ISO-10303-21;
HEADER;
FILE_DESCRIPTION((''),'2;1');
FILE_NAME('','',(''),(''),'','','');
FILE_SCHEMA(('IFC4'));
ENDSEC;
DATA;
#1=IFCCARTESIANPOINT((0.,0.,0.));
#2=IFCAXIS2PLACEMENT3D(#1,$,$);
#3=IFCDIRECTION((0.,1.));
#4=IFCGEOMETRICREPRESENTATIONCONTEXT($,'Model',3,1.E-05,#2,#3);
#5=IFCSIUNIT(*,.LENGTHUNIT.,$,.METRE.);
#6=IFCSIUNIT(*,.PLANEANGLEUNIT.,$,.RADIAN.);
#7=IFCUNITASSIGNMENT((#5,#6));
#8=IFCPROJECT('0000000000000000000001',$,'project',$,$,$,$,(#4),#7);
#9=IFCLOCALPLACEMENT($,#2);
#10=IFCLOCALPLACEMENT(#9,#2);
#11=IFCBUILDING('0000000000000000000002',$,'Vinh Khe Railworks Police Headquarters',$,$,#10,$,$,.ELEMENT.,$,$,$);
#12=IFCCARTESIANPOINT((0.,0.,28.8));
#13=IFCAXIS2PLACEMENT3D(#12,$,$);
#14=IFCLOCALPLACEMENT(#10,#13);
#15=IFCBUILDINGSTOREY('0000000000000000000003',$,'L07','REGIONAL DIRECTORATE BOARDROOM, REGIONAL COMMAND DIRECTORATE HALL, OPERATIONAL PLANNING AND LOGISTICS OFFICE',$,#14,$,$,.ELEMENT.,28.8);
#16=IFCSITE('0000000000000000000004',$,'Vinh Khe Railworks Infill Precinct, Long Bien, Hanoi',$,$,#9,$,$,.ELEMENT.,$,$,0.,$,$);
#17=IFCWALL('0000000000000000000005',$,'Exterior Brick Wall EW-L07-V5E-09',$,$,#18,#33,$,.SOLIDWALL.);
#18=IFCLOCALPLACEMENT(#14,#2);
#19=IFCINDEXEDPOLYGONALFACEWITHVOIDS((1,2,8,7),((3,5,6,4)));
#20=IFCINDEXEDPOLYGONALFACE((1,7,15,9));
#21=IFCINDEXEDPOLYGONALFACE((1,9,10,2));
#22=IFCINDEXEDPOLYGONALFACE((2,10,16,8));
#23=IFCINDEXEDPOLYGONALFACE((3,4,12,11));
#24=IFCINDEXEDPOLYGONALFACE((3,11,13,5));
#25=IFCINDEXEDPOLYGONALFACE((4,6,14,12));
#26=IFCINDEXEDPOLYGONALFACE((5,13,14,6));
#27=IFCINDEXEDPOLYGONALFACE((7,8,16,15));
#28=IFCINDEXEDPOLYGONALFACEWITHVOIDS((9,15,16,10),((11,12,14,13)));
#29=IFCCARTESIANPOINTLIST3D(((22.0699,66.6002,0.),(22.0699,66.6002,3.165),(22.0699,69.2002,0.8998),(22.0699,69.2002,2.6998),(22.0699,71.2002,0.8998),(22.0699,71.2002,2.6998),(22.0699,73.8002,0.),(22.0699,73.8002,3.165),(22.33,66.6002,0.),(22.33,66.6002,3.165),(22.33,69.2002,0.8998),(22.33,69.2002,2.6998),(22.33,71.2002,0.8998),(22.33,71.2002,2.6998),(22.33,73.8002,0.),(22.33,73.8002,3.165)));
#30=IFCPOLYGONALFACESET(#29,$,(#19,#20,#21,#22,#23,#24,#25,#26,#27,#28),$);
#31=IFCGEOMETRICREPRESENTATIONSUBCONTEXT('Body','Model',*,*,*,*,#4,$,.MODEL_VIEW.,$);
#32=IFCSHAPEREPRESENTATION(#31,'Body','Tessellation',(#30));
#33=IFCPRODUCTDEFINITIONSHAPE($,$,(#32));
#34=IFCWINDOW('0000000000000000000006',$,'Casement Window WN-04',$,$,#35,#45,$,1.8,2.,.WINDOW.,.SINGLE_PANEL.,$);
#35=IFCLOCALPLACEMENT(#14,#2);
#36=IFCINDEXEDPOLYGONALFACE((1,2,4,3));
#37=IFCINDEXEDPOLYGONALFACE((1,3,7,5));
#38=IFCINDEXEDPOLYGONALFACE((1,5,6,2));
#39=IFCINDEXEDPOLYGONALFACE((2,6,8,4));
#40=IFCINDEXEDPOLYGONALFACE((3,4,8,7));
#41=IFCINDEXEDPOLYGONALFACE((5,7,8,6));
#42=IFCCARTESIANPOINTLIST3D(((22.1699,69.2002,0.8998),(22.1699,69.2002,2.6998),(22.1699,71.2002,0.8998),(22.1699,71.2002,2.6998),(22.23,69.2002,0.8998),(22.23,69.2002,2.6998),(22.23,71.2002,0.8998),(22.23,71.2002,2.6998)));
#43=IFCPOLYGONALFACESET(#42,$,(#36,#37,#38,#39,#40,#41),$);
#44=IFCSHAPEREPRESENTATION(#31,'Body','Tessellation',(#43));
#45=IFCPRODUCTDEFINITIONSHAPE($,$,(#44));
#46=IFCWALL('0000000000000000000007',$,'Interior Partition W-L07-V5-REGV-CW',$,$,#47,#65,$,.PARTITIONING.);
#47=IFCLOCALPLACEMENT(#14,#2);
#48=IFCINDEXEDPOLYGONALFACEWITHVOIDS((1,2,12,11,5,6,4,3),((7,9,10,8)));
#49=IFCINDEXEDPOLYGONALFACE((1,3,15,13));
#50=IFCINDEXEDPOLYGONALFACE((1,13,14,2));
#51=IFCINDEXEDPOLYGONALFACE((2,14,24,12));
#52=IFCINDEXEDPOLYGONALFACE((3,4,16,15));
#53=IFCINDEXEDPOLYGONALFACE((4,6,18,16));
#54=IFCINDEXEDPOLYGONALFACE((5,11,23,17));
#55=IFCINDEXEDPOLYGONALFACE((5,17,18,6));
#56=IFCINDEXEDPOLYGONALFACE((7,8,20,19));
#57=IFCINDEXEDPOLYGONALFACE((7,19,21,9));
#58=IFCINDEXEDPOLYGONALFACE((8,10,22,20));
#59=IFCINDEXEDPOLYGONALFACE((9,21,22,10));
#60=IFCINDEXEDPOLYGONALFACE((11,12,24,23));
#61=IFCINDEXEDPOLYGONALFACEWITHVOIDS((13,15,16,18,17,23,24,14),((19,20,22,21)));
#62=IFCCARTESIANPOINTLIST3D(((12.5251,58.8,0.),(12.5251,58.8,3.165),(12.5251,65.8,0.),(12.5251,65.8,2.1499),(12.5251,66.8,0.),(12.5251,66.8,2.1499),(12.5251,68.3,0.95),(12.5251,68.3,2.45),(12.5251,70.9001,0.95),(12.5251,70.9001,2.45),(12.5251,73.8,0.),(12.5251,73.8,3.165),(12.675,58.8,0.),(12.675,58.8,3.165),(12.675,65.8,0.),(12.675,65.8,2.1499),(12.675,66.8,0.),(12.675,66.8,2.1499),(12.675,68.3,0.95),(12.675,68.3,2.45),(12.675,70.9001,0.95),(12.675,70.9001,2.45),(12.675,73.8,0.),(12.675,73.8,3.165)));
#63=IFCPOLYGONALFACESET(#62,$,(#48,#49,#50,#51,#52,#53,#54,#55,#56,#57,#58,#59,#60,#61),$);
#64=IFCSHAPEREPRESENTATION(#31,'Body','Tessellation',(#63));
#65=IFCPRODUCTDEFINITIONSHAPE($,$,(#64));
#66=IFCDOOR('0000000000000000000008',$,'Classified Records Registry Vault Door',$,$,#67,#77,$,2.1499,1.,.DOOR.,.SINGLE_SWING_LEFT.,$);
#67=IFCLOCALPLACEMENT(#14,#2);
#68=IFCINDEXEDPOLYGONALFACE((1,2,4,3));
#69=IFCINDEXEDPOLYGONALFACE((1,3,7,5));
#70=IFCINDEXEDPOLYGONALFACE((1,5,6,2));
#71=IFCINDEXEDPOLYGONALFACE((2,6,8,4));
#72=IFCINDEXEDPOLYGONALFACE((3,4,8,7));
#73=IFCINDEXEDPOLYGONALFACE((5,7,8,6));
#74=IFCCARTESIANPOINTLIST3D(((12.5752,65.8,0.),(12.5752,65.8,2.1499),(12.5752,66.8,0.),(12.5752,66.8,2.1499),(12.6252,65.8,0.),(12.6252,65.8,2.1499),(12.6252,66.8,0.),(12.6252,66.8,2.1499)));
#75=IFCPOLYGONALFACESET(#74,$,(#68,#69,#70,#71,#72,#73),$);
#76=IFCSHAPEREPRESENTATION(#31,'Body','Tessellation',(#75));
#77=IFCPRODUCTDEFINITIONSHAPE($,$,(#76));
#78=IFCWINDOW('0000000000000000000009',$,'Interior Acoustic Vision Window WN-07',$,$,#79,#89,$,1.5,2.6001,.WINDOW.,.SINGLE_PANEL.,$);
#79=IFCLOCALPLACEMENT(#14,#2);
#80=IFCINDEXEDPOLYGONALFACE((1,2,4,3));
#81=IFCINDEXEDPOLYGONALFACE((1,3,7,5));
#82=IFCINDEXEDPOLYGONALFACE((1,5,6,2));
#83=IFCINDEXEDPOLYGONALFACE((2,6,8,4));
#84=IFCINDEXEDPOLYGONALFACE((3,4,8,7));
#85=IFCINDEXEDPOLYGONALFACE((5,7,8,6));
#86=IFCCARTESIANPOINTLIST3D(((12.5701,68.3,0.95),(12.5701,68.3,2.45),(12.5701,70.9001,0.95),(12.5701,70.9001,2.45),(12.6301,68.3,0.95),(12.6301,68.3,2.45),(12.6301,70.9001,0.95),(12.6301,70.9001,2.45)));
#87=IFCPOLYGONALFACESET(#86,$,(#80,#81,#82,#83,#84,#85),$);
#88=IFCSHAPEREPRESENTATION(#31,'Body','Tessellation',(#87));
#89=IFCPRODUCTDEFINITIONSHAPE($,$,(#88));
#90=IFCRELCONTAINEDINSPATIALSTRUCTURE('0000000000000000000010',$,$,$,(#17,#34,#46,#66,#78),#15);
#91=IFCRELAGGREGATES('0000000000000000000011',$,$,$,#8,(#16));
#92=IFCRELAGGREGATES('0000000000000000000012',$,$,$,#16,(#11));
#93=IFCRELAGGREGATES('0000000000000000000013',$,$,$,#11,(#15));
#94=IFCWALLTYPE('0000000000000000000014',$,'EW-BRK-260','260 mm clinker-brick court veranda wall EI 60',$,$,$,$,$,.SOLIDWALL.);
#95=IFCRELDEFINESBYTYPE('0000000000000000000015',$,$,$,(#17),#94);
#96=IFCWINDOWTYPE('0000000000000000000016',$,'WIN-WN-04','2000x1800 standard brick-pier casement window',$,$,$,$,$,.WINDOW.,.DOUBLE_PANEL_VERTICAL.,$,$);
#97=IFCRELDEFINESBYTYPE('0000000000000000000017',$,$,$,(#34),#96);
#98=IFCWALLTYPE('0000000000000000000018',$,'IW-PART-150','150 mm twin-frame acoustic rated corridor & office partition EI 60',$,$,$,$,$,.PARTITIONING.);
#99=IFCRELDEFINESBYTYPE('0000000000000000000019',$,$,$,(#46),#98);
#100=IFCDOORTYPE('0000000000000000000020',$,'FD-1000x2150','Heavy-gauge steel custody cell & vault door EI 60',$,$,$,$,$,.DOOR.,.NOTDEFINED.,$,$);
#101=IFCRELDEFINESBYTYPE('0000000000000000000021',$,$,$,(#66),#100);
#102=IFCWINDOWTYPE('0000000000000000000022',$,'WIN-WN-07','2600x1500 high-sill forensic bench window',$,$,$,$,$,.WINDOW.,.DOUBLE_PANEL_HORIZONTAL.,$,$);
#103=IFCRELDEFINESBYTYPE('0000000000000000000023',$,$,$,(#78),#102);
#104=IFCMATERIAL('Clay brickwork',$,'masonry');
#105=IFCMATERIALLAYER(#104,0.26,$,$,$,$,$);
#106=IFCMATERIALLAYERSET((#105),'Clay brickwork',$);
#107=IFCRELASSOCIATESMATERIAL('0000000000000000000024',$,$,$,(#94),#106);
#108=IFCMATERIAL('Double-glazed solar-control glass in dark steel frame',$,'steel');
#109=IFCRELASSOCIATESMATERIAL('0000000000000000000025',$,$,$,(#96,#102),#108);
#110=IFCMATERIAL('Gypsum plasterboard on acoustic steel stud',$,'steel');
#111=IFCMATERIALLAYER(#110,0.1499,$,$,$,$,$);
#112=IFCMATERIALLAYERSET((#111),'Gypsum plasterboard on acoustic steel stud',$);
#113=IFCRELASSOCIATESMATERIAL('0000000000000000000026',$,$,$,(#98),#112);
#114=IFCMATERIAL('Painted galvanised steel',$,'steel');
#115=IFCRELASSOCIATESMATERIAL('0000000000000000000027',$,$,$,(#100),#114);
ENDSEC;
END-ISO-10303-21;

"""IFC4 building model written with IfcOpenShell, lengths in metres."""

from ifc_helpers import new_model, si_unit, direction, frame, frame_2d, origin, place, context, subcontext, project, spatial, rectangle, extrude, material, layer, layer_set, type_object, element, fill, save


model = new_model("IFC4")

# Units and contexts
model_context = context("Model", 3, precision=1e-05, world=origin(), true_north=direction((0.0, 1.0)))
body_context = subcontext(model_context, "Body", "Model", "MODEL_VIEW")
ifc_project = project(units=[si_unit("LENGTHUNIT", "METRE"), si_unit("PLANEANGLEUNIT", "RADIAN")], contexts=[model_context])

# Site, building, storey
site_placement = place(None, origin())
site = spatial("IfcSite", under=ifc_project, at=site_placement, Name="Vinh Khe Railworks Infill Precinct, Long Bien, Hanoi", CompositionType="ELEMENT", RefElevation=0.0)
building_placement = place(site_placement, origin())
building = spatial("IfcBuilding", under=site, at=building_placement, Name="Vinh Khe Railworks Police Headquarters", CompositionType="ELEMENT")
storey_placement = place(building_placement, frame((0.0, 0.0, 28.8)))
storey = spatial("IfcBuildingStorey", under=building, at=storey_placement, Name="L07", Description="REGIONAL DIRECTORATE BOARDROOM, REGIONAL COMMAND DIRECTORATE HALL, OPERATIONAL PLANNING AND LOGISTICS OFFICE", CompositionType="ELEMENT", Elevation=28.8)

# Wall, opening, window
ifc_material_1 = material(Name="Clay brickwork", Category="masonry")
ifc_layer_1 = layer(ifc_material_1, 0.26)
ifc_layer_set_1 = layer_set([ifc_layer_1], Name="Clay brickwork")
wall_type_1 = type_object("IfcWallType", Name="EW-BRK-260", Description="260 mm clinker-brick court veranda wall EI 60", PredefinedType="SOLIDWALL", material=ifc_layer_set_1)
ifc_material_2 = material(Name="Double-glazed solar-control glass in dark steel frame", Category="steel")
window_type_1 = type_object("IfcWindowType", Name="WIN-WN-04", Description="2000x1800 standard brick-pier casement window", PartitioningType="DOUBLE_PANEL_VERTICAL", PredefinedType="WINDOW", material=ifc_material_2)
wall_1_placement = place(storey_placement, frame((22.2, 66.6001, 0.0), z_axis=(0.0, 0.0, 1.0), x_axis=(0.0, 1.0, 0.0)))
wall_1 = element("IfcWall", 1, at=wall_1_placement, inside=storey, type_object=wall_type_1, Name="Exterior Brick Wall EW-L07-V5E-09", PredefinedType="SOLIDWALL", context=body_context, shape_type="SweptSolid", body=[
    extrude(rectangle(XDim=7.2, YDim=0.26, at=frame_2d((3.6001, 0.0))), origin(), (0.0, 0.0, 1.0), 3.165),
])
opening_1_placement = place(wall_1_placement, frame((2.6001, 0.0, 0.8999)))
opening_1 = element("IfcOpeningElement", 2, at=opening_1_placement, cuts=wall_1, PredefinedType="OPENING", context=body_context, shape_type="SweptSolid", body=[
    extrude(rectangle(XDim=2.0, YDim=1.8, at=frame_2d((1.0, 0.8999))), frame((0.0, 0.145, 0.0), z_axis=(0.0, -1.0, 0.0), x_axis=(1.0, 0.0, 0.0)), (0.0, 0.0, 1.0), 0.2898),
])
window_1_placement = place(opening_1_placement, origin())
window_1 = element("IfcWindow", 3, at=window_1_placement, inside=storey, type_object=window_type_1, Name="Casement Window WN-04", OverallHeight=1.8, OverallWidth=2.0, PartitioningType="SINGLE_PANEL", PredefinedType="WINDOW", context=body_context, shape_type="SweptSolid", body=[
    extrude(rectangle(XDim=2.0, YDim=1.8, at=frame_2d((1.0, 0.8999))), frame((0.0, 0.03, 0.0), z_axis=(0.0, -1.0, 0.0), x_axis=(1.0, 0.0, 0.0)), (0.0, 0.0, 1.0), 0.0601),
])
fill(opening_1, window_1)

# Wall, openings, door, window
ifc_material_3 = material(Name="Gypsum plasterboard on acoustic steel stud", Category="steel")
ifc_layer_2 = layer(ifc_material_3, 0.1499)
ifc_layer_set_2 = layer_set([ifc_layer_2], Name="Gypsum plasterboard on acoustic steel stud")
wall_type_2 = type_object("IfcWallType", Name="IW-PART-150", Description="150 mm twin-frame acoustic rated corridor & office partition EI 60", PredefinedType="PARTITIONING", material=ifc_layer_set_2)
wall_2_placement = place(storey_placement, frame((12.6001, 58.8, 0.0), z_axis=(0.0, 0.0, 1.0), x_axis=(0.0, 1.0, 0.0)))
wall_2 = element("IfcWall", 4, at=wall_2_placement, inside=storey, type_object=wall_type_2, Name="Interior Partition W-L07-V5-REGV-CW", PredefinedType="PARTITIONING", context=body_context, shape_type="SweptSolid", body=[
    extrude(rectangle(XDim=15.0, YDim=0.1499, at=frame_2d((7.5, 0.0))), origin(), (0.0, 0.0, 1.0), 3.165),
])
opening_2_placement = place(wall_2_placement, frame((7.0, 0.0, 0.0)))
opening_2 = element("IfcOpeningElement", 5, at=opening_2_placement, cuts=wall_2, PredefinedType="OPENING", context=body_context, shape_type="SweptSolid", body=[
    extrude(rectangle(XDim=1.0, YDim=2.1499, at=frame_2d((0.5, 1.075))), frame((0.0, 0.0898, 0.0), z_axis=(0.0, -1.0, 0.0), x_axis=(1.0, 0.0, 0.0)), (0.0, 0.0, 1.0), 0.1797),
])
opening_3_placement = place(wall_2_placement, frame((9.5, 0.0, 0.95)))
opening_3 = element("IfcOpeningElement", 6, at=opening_3_placement, cuts=wall_2, PredefinedType="OPENING", context=body_context, shape_type="SweptSolid", body=[
    extrude(rectangle(XDim=2.6001, YDim=1.5, at=frame_2d((1.3, 0.75))), frame((0.0, 0.0898, 0.0), z_axis=(0.0, -1.0, 0.0), x_axis=(1.0, 0.0, 0.0)), (0.0, 0.0, 1.0), 0.1797),
])
ifc_material_4 = material(Name="Painted galvanised steel", Category="steel")
door_type = type_object("IfcDoorType", Name="FD-1000x2150", Description="Heavy-gauge steel custody cell & vault door EI 60", OperationType="NOTDEFINED", PredefinedType="DOOR", material=ifc_material_4)
door_placement = place(opening_2_placement, origin())
door = element("IfcDoor", 7, at=door_placement, inside=storey, type_object=door_type, Name="Classified Records Registry Vault Door", OperationType="SINGLE_SWING_LEFT", OverallHeight=2.1499, OverallWidth=1.0, PredefinedType="DOOR", context=body_context, shape_type="SweptSolid", body=[
    extrude(rectangle(XDim=1.0, YDim=2.1499, at=frame_2d((0.5, 1.075))), frame((0.0, 0.0249, 0.0), z_axis=(0.0, -1.0, 0.0), x_axis=(1.0, 0.0, 0.0)), (0.0, 0.0, 1.0), 0.05),
])
fill(opening_2, door)
window_type_2 = type_object("IfcWindowType", Name="WIN-WN-07", Description="2600x1500 high-sill forensic bench window", PartitioningType="DOUBLE_PANEL_HORIZONTAL", PredefinedType="WINDOW", material=ifc_material_2)
window_2_placement = place(opening_3_placement, origin())
window_2 = element("IfcWindow", 8, at=window_2_placement, inside=storey, type_object=window_type_2, Name="Interior Acoustic Vision Window WN-07", OverallHeight=1.5, OverallWidth=2.6001, PartitioningType="SINGLE_PANEL", PredefinedType="WINDOW", context=body_context, shape_type="SweptSolid", body=[
    extrude(rectangle(XDim=2.6001, YDim=1.5, at=frame_2d((1.3, 0.75))), frame((0.0, 0.03, 0.0), z_axis=(0.0, -1.0, 0.0), x_axis=(1.0, 0.0, 0.0)), (0.0, 0.0, 1.0), 0.0601),
])
fill(opening_3, window_2)

save(model, "model.ifc")
